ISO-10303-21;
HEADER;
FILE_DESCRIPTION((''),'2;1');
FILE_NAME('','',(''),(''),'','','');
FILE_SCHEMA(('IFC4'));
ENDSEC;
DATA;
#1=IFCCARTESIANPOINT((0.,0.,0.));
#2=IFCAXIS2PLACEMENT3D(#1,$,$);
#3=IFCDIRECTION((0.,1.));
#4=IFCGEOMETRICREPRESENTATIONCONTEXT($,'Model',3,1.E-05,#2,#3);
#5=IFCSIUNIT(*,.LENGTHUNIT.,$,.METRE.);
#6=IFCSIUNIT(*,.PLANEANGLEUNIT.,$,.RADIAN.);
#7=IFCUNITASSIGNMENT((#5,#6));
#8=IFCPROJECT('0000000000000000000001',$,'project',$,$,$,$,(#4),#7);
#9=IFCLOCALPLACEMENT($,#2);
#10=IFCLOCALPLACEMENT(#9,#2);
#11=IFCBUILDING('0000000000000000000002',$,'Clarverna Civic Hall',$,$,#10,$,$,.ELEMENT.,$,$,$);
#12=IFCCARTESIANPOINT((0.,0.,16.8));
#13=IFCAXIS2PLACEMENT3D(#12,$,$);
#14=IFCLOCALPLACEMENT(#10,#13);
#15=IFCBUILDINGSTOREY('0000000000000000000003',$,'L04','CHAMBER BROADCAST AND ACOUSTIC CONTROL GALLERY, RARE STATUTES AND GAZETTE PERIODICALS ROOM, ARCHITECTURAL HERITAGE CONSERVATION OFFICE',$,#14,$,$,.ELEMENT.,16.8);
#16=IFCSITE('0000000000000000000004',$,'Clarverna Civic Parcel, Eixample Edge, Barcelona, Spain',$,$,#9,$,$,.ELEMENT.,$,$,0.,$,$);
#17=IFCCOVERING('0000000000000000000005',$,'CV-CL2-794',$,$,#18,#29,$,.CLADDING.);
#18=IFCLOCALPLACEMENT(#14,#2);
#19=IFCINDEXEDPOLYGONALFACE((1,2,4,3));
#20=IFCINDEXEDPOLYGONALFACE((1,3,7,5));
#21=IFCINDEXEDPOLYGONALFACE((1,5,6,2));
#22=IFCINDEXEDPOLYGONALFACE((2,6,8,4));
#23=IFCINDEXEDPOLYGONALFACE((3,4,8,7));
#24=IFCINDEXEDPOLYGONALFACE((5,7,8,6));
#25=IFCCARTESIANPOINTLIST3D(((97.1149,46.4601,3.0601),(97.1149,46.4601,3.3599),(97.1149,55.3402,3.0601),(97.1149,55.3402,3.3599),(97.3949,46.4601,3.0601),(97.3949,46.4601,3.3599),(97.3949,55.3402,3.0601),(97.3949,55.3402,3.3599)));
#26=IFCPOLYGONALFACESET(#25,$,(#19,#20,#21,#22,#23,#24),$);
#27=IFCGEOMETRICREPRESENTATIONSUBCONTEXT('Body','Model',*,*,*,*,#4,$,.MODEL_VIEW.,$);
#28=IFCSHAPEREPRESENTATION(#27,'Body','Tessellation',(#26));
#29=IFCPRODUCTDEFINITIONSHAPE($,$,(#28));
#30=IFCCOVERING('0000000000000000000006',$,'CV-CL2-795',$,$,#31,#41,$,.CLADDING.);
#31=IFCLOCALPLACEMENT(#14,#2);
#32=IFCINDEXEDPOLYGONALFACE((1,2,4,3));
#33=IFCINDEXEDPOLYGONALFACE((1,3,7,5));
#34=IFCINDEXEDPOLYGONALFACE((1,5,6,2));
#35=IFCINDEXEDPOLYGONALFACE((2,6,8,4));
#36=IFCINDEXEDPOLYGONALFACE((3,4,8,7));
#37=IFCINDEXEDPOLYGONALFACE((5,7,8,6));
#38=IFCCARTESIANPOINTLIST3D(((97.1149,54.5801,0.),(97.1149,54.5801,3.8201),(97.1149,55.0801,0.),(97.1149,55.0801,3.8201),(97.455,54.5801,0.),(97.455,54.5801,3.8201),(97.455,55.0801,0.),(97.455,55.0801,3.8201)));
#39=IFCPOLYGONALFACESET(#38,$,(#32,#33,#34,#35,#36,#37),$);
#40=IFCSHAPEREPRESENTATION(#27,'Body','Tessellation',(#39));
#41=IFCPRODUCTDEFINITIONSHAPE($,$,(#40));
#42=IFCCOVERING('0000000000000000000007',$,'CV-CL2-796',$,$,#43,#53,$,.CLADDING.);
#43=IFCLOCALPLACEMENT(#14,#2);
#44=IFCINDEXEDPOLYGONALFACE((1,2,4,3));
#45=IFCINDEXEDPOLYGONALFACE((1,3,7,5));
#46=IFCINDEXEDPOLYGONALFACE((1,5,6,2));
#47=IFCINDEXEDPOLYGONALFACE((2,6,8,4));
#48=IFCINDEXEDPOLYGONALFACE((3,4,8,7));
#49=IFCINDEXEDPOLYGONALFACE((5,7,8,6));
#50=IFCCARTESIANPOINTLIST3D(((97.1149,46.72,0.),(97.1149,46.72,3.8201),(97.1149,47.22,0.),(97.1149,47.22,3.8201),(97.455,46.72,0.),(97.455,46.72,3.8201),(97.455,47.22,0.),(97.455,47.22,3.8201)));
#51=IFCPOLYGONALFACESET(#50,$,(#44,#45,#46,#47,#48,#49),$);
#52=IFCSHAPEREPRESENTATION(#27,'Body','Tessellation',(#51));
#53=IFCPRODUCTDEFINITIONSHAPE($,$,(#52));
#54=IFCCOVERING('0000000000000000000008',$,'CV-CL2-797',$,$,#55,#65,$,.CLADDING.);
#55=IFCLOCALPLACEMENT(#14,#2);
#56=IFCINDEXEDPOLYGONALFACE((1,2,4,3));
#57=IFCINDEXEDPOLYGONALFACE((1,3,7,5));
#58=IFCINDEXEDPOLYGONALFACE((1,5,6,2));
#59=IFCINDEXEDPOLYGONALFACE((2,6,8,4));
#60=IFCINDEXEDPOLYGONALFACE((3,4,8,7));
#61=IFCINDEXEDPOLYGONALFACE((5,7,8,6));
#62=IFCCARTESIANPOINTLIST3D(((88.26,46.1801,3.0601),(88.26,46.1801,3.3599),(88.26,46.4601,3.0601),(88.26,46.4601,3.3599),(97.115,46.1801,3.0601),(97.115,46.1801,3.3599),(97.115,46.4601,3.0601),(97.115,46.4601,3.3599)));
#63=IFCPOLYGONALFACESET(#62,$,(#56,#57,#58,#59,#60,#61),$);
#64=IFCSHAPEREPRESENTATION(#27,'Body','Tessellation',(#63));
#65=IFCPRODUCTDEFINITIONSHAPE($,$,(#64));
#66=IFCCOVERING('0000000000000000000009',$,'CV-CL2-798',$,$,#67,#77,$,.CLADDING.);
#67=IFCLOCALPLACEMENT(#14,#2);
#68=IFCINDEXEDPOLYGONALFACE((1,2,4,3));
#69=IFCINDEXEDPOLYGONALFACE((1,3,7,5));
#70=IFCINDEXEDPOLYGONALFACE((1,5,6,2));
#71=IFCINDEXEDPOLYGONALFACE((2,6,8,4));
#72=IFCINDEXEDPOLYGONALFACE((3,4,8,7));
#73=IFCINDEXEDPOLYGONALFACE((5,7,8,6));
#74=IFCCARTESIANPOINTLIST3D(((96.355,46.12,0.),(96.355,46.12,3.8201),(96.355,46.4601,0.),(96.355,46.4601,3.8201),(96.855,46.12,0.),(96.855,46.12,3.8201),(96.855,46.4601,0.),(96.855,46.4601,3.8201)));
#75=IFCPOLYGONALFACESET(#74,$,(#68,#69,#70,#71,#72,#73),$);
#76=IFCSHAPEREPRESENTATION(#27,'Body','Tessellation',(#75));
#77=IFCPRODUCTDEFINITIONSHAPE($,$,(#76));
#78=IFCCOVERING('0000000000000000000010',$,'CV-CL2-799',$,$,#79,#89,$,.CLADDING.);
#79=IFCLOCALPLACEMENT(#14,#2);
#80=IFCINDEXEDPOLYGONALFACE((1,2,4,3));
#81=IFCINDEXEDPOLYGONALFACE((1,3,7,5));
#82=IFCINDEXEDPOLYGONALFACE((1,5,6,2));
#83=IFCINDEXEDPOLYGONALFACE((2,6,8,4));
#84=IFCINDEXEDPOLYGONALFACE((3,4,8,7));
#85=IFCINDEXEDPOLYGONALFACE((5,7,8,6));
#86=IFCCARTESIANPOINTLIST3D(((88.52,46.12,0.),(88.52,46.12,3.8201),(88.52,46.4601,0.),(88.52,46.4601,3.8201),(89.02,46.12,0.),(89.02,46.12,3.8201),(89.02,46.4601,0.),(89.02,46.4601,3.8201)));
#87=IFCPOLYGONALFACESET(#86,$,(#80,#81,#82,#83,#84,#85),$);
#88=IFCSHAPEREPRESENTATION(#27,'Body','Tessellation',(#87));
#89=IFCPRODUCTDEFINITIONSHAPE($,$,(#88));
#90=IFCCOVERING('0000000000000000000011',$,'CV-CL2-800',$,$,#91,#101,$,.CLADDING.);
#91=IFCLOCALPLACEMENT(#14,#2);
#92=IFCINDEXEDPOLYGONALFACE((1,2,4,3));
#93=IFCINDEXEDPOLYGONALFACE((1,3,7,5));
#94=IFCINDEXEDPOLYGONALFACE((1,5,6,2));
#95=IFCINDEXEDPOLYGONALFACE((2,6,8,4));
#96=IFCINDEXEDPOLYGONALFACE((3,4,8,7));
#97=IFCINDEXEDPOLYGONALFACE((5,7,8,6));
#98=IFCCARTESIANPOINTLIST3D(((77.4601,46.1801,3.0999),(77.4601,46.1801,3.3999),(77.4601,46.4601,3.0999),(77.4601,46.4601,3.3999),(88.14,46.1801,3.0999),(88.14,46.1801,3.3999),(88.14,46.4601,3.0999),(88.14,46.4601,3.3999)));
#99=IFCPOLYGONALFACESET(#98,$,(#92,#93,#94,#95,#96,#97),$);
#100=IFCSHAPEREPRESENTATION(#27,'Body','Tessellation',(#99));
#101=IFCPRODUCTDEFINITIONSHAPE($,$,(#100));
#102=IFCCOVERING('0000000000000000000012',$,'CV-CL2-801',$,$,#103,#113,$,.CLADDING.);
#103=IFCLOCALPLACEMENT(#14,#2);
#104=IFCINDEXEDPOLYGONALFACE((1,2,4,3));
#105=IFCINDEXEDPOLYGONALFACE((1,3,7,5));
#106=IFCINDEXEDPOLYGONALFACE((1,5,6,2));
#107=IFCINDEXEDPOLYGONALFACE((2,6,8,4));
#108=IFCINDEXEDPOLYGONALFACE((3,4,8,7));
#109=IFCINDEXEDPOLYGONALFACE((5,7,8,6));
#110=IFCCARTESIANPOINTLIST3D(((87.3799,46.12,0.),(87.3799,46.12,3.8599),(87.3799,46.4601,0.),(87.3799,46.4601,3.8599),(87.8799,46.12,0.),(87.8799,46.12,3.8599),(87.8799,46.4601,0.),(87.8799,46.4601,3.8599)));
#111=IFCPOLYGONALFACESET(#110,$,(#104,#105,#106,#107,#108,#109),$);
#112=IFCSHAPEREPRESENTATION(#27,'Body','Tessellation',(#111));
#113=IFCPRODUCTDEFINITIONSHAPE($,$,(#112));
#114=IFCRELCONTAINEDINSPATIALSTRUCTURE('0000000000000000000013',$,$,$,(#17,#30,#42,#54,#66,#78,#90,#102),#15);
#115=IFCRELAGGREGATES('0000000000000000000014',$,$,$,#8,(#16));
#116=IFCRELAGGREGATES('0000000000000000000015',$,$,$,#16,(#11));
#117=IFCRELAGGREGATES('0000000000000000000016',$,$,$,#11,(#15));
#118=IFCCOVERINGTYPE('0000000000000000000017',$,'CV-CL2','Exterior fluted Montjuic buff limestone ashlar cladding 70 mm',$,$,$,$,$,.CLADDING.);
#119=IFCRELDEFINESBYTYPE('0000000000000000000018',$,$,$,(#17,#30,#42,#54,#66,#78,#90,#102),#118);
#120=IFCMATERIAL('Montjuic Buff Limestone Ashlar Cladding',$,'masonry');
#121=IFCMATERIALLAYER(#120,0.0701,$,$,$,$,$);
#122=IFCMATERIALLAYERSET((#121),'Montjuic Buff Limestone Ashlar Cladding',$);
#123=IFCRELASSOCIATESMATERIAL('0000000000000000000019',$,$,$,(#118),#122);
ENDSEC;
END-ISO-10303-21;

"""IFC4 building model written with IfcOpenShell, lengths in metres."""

from ifc_helpers import new_model, si_unit, direction, frame, frame_2d, origin, place, context, subcontext, project, spatial, rectangle, extrude, material, layer, layer_set, type_object, element, save


model = new_model("IFC4")

# Units and contexts
model_context = context("Model", 3, precision=1e-05, world=origin(), true_north=direction((0.0, 1.0)))
body_context = subcontext(model_context, "Body", "Model", "MODEL_VIEW")
ifc_project = project(units=[si_unit("LENGTHUNIT", "METRE"), si_unit("PLANEANGLEUNIT", "RADIAN")], contexts=[model_context])

# Site, building, storey
site_placement = place(None, origin())
site = spatial("IfcSite", under=ifc_project, at=site_placement, Name="Clarverna Civic Parcel, Eixample Edge, Barcelona, Spain", CompositionType="ELEMENT", RefElevation=0.0)
building_placement = place(site_placement, origin())
building = spatial("IfcBuilding", under=site, at=building_placement, Name="Clarverna Civic Hall", CompositionType="ELEMENT")
storey_placement = place(building_placement, frame((0.0, 0.0, 16.8)))
storey = spatial("IfcBuildingStorey", under=building, at=storey_placement, Name="L04", Description="CHAMBER BROADCAST AND ACOUSTIC CONTROL GALLERY, RARE STATUTES AND GAZETTE PERIODICALS ROOM, ARCHITECTURAL HERITAGE CONSERVATION OFFICE", CompositionType="ELEMENT", Elevation=16.8)

# Coverings
ifc_material_1 = material(Name="Montjuic Buff Limestone Ashlar Cladding", Category="masonry")
ifc_layer_1 = layer(ifc_material_1, 0.0701)
ifc_layer_set_1 = layer_set([ifc_layer_1], Name="Montjuic Buff Limestone Ashlar Cladding")
covering_type = type_object("IfcCoveringType", Name="CV-CL2", Description="Exterior fluted Montjuic buff limestone ashlar cladding 70 mm", PredefinedType="CLADDING", material=ifc_layer_set_1)
covering_1_placement = place(storey_placement, frame((97.2549, 55.3401, 3.0601), z_axis=(0.0, 0.0, 1.0), x_axis=(0.0, -1.0, 0.0)))
element("IfcCovering", 1, at=covering_1_placement, inside=storey, type_object=covering_type, Name="CV-CL2-794", PredefinedType="CLADDING", context=body_context, shape_type="SweptSolid", body=[
    extrude(rectangle(XDim=8.8801, YDim=0.28, at=frame_2d((4.4399, 0.0))), origin(), (0.0, 0.0, 1.0), 0.2998),
])
for number, where, z_axis, x_axis, name in (
    (2, (97.2849, 55.0801, 0.0), (0.0, 0.0, 1.0), (0.0, -1.0, 0.0), "CV-CL2-795"),
    (3, (97.2849, 47.22, 0.0), (0.0, 0.0, 1.0), (0.0, -1.0, 0.0), "CV-CL2-796"),
):
    element("IfcCovering", number, at=place(storey_placement, frame(where, z_axis=z_axis, x_axis=x_axis)), inside=storey, type_object=covering_type, Name=name, PredefinedType="CLADDING", context=body_context, shape_type="SweptSolid", body=[
        extrude(rectangle(XDim=0.5, YDim=0.3401, at=frame_2d((0.25, 0.0))), origin(), (0.0, 0.0, 1.0), 3.8201),
    ])
covering_2_placement = place(storey_placement, frame((97.115, 46.3201, 3.0601), z_axis=(0.0, 0.0, 1.0), x_axis=(-1.0, 0.0, 0.0)))
element("IfcCovering", 4, at=covering_2_placement, inside=storey, type_object=covering_type, Name="CV-CL2-797", PredefinedType="CLADDING", context=body_context, shape_type="SweptSolid", body=[
    extrude(rectangle(XDim=8.855, YDim=0.28, at=frame_2d((4.4275, 0.0))), origin(), (0.0, 0.0, 1.0), 0.2998),
])
for number, where, z_axis, x_axis, name in (
    (5, (96.855, 46.29, 0.0), (0.0, 0.0, 1.0), (-1.0, 0.0, 0.0), "CV-CL2-798"),
    (6, (89.02, 46.29, 0.0), (0.0, 0.0, 1.0), (-1.0, 0.0, 0.0), "CV-CL2-799"),
):
    element("IfcCovering", number, at=place(storey_placement, frame(where, z_axis=z_axis, x_axis=x_axis)), inside=storey, type_object=covering_type, Name=name, PredefinedType="CLADDING", context=body_context, shape_type="SweptSolid", body=[
        extrude(rectangle(XDim=0.5, YDim=0.3401, at=frame_2d((0.25, 0.0))), origin(), (0.0, 0.0, 1.0), 3.8201),
    ])
covering_3_placement = place(storey_placement, frame((88.1399, 46.3201, 3.0999), z_axis=(0.0, 0.0, 1.0), x_axis=(-1.0, 0.0, 0.0)))
element("IfcCovering", 7, at=covering_3_placement, inside=storey, type_object=covering_type, Name="CV-CL2-800", PredefinedType="CLADDING", context=body_context, shape_type="SweptSolid", body=[
    extrude(rectangle(XDim=10.6799, YDim=0.28, at=frame_2d((5.3398, 0.0))), origin(), (0.0, 0.0, 1.0), 0.3),
])
covering_4_placement = place(storey_placement, frame((87.8799, 46.29, 0.0), z_axis=(0.0, 0.0, 1.0), x_axis=(-1.0, 0.0, 0.0)))
element("IfcCovering", 8, at=covering_4_placement, inside=storey, type_object=covering_type, Name="CV-CL2-801", PredefinedType="CLADDING", context=body_context, shape_type="SweptSolid", body=[
    extrude(rectangle(XDim=0.5, YDim=0.3401, at=frame_2d((0.25, 0.0))), origin(), (0.0, 0.0, 1.0), 3.8599),
])

save(model, "model.ifc")
